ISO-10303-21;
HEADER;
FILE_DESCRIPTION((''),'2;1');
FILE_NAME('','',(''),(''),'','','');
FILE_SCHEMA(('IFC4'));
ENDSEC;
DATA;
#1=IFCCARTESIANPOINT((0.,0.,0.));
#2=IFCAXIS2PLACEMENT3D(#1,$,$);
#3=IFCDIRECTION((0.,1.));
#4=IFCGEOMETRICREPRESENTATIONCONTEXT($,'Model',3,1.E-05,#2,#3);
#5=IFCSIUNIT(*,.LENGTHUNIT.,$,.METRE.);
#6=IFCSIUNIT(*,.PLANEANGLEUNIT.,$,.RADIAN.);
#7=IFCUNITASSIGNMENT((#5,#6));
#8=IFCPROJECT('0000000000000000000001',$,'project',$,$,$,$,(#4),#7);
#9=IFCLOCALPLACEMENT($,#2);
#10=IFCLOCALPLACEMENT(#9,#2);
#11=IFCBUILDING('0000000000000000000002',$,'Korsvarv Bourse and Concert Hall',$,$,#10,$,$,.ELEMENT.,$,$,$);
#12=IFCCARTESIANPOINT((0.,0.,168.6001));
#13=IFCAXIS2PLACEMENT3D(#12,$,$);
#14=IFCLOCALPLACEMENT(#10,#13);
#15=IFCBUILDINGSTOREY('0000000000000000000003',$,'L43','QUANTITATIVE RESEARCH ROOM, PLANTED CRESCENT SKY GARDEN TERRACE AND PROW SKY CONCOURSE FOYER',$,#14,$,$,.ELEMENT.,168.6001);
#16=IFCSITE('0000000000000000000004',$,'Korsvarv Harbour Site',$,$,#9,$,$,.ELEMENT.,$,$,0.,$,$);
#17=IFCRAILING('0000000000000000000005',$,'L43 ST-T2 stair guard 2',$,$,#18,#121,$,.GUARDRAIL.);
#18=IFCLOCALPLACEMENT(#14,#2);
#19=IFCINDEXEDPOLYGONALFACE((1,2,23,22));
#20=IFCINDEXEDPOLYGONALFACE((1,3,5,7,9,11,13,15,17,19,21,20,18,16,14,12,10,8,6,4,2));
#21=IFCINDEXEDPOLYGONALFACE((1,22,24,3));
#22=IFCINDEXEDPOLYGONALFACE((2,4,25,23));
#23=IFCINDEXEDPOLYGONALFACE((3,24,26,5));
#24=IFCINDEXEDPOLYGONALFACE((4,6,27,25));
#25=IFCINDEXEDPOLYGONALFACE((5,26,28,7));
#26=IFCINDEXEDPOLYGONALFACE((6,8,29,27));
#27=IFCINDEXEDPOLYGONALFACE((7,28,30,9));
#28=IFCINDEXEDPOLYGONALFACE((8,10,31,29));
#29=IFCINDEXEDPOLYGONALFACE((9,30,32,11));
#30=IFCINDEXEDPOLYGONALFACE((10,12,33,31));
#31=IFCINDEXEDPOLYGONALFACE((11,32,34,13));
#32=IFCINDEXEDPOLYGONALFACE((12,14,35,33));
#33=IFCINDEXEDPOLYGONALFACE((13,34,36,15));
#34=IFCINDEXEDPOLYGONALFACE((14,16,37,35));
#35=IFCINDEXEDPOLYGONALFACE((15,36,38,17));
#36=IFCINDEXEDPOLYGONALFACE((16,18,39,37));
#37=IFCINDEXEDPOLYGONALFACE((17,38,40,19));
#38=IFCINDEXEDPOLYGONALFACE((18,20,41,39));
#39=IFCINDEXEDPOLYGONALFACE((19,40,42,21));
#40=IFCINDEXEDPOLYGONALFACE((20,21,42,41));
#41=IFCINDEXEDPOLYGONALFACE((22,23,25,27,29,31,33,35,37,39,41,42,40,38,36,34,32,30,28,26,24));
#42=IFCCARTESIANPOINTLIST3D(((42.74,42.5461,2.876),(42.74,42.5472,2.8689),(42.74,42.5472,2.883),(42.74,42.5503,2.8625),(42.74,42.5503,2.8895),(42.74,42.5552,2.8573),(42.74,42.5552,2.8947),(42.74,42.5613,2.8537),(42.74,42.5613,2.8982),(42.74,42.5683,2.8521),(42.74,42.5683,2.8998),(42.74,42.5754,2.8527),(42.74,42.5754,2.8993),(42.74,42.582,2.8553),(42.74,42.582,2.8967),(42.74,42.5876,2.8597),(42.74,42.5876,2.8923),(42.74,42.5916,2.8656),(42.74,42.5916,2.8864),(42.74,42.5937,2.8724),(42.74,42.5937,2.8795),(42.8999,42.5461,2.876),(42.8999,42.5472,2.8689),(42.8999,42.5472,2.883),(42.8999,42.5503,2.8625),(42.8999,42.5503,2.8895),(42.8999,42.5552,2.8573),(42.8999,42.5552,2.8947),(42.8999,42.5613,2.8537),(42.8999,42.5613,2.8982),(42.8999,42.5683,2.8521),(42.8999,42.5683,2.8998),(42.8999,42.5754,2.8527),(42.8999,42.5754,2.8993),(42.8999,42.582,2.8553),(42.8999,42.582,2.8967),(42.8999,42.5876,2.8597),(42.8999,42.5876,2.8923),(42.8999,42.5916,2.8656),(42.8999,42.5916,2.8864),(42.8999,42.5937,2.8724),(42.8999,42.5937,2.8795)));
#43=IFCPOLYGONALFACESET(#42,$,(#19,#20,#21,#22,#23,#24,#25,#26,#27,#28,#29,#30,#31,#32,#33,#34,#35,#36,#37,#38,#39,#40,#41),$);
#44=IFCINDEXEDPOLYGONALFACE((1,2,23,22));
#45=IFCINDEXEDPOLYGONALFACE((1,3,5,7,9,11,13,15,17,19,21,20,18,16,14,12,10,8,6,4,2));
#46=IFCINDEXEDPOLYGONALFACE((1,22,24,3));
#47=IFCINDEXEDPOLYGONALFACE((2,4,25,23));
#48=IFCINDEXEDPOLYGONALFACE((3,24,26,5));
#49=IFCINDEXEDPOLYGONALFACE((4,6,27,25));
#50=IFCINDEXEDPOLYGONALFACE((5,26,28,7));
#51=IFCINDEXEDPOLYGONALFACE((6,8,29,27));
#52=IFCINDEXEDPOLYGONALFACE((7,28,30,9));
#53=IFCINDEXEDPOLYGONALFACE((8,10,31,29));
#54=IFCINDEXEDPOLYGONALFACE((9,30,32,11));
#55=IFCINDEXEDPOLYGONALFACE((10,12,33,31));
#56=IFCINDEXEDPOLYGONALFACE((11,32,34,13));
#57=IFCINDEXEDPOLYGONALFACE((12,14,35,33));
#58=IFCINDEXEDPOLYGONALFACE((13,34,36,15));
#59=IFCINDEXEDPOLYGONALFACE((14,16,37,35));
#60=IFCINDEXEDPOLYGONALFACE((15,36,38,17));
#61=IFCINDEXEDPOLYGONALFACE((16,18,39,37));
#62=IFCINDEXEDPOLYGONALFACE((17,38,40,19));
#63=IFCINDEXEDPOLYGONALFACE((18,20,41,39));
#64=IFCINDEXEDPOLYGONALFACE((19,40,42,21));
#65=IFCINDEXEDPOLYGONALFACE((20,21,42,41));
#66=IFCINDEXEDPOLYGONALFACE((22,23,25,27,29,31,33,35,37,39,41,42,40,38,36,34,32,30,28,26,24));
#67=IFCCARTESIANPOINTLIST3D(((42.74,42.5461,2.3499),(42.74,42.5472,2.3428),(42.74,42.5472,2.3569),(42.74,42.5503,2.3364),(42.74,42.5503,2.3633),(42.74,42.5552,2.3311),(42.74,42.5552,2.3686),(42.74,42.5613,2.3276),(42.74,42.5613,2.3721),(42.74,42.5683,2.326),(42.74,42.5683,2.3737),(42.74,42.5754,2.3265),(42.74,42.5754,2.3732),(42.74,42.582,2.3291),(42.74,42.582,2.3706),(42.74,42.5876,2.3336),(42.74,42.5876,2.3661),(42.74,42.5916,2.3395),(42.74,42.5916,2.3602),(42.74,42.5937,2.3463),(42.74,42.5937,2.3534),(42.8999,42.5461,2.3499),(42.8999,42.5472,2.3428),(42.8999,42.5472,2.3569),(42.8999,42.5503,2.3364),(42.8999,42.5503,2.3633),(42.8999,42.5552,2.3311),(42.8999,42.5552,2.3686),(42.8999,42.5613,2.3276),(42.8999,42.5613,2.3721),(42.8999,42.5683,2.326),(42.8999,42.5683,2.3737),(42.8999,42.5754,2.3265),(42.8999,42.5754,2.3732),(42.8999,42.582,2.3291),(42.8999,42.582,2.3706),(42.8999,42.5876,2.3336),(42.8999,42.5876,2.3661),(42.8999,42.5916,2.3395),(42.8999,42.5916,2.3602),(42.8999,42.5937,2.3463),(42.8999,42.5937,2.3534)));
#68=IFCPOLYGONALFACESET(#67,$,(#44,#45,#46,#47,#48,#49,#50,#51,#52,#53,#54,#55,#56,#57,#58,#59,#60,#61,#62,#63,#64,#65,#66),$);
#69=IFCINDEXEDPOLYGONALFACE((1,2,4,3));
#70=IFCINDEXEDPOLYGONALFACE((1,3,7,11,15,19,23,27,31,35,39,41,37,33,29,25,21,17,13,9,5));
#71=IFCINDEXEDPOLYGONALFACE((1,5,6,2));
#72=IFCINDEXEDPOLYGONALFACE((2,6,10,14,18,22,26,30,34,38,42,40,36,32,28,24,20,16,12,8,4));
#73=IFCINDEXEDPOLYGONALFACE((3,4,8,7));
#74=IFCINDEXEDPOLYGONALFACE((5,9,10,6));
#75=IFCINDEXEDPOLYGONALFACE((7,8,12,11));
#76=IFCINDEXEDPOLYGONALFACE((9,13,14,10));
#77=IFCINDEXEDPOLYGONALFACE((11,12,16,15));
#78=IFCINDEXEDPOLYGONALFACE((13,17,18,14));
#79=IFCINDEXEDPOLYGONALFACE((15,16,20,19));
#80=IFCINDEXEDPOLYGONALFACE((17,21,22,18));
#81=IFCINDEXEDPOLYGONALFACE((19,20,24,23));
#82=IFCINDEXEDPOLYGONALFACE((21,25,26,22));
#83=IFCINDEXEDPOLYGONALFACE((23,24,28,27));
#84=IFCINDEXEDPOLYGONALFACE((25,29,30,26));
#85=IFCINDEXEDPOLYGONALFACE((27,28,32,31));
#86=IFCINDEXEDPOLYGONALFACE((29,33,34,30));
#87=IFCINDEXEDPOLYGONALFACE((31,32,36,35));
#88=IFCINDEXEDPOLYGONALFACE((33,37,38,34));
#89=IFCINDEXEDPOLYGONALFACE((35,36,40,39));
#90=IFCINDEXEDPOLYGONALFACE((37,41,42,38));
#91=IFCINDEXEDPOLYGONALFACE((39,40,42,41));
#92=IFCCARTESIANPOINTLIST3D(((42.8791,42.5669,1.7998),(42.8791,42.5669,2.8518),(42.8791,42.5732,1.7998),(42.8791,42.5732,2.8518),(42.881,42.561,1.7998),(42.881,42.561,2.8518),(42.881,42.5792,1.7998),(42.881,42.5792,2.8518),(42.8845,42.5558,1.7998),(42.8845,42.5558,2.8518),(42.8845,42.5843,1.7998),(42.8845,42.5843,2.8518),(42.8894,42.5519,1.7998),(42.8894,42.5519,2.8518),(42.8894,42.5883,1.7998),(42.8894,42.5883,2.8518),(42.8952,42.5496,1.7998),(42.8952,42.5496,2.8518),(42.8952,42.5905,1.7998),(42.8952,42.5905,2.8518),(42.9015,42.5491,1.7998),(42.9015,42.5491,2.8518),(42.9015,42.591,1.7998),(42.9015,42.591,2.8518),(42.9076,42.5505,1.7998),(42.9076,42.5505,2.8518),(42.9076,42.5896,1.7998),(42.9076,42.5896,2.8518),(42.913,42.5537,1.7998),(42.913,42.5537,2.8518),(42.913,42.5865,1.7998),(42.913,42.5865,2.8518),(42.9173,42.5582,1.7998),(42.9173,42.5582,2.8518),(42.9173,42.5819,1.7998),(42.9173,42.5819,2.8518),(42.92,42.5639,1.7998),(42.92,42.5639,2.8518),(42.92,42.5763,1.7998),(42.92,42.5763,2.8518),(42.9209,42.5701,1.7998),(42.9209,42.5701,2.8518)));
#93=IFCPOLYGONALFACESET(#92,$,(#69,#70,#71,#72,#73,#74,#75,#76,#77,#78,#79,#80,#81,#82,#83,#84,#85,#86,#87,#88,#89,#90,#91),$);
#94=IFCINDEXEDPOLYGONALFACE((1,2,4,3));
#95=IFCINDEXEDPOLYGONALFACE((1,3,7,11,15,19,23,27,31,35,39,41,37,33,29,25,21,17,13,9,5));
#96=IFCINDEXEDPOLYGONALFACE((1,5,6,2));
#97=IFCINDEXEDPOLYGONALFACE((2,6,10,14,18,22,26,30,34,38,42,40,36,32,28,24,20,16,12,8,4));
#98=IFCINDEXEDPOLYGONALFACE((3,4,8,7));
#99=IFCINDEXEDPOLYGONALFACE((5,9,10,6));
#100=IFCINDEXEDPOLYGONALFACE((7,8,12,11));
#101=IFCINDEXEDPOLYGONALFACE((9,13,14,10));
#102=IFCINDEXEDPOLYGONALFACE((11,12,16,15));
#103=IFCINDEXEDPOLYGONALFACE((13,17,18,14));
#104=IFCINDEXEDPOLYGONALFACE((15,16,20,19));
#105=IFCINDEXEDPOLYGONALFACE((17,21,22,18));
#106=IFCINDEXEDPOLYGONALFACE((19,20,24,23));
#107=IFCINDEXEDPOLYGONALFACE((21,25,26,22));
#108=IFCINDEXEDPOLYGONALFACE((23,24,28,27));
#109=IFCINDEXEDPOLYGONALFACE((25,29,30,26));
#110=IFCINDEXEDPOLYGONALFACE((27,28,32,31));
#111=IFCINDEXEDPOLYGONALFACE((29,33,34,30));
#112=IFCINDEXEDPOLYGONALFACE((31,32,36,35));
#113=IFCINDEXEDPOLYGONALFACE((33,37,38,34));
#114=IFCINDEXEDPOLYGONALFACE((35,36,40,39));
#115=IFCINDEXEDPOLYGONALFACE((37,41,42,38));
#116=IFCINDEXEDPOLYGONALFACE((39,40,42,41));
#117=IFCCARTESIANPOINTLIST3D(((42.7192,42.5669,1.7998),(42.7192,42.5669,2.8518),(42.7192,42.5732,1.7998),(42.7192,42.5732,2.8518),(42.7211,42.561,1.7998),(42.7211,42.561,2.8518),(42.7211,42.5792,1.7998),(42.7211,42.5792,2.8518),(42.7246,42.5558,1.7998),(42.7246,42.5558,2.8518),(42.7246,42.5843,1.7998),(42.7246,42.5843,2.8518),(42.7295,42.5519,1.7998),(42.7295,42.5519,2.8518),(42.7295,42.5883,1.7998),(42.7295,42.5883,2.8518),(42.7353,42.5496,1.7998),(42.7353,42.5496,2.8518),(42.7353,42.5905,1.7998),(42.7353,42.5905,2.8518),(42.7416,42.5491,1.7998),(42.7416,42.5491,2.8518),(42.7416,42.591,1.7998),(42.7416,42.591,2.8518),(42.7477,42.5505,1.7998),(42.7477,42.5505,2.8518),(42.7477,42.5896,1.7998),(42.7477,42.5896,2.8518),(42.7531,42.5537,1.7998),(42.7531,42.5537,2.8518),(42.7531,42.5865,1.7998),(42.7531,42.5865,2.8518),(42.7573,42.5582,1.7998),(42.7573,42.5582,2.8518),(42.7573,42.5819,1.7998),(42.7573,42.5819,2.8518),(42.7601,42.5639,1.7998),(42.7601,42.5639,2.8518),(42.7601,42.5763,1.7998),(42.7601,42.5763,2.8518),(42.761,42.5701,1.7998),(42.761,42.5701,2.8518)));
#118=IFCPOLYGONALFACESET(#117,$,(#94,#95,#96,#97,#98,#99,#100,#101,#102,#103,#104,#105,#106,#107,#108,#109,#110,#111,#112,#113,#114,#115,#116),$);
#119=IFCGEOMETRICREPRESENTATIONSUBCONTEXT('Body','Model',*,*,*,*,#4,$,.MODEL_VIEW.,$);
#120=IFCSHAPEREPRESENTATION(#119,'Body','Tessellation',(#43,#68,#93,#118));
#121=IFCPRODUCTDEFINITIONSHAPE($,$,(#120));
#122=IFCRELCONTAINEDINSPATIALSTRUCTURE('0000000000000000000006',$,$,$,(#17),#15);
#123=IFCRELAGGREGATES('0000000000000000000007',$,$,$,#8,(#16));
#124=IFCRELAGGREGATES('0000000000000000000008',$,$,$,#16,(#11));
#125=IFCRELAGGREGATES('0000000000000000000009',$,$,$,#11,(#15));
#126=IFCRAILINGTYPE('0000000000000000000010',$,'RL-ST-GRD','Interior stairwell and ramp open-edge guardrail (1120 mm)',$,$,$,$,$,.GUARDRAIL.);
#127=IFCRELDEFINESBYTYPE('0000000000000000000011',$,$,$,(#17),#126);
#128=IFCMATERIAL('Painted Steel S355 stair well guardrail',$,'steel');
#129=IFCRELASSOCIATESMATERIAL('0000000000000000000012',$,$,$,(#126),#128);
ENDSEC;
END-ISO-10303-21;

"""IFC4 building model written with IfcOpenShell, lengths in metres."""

from ifc_helpers import new_model, si_unit, direction, frame, origin, origin_2d, place, context, subcontext, project, spatial, circle, extrude, material, type_object, element, save


model = new_model("IFC4")

# Units and contexts
model_context = context("Model", 3, precision=1e-05, world=origin(), true_north=direction((0.0, 1.0)))
body_context = subcontext(model_context, "Body", "Model", "MODEL_VIEW")
ifc_project = project(units=[si_unit("LENGTHUNIT", "METRE"), si_unit("PLANEANGLEUNIT", "RADIAN")], contexts=[model_context])

# Site, building, storey
site_placement = place(None, origin())
site = spatial("IfcSite", under=ifc_project, at=site_placement, Name="Korsvarv Harbour Site", CompositionType="ELEMENT", RefElevation=0.0)
building_placement = place(site_placement, origin())
building = spatial("IfcBuilding", under=site, at=building_placement, Name="Korsvarv Bourse and Concert Hall", CompositionType="ELEMENT")
storey_placement = place(building_placement, frame((0.0, 0.0, 168.6001)))
storey = spatial("IfcBuildingStorey", under=building, at=storey_placement, Name="L43", Description="QUANTITATIVE RESEARCH ROOM, PLANTED CRESCENT SKY GARDEN TERRACE AND PROW SKY CONCOURSE FOYER", CompositionType="ELEMENT", Elevation=168.6001)

# Railing
ifc_material_1 = material(Name="Painted Steel S355 stair well guardrail", Category="steel")
railing_type_1 = type_object("IfcRailingType", Name="RL-ST-GRD", Description="Interior stairwell and ramp open-edge guardrail (1120 mm)", PredefinedType="GUARDRAIL", material=ifc_material_1)
railing_1_placement = place(storey_placement, frame((42.8999, 42.5701, 1.7998)))
element("IfcRailing", 1, at=railing_1_placement, inside=storey, type_object=railing_type_1, Name="L43 ST-T2 stair guard 2", PredefinedType="GUARDRAIL", context=body_context, shape_type="SweptSolid", body=[
    extrude(circle(Radius=0.0239, at=origin_2d()), frame((0.0, 0.0, 1.0762), z_axis=(-1.0, 0.0, 0.0), x_axis=(0.0, -1.0, 0.0)), (0.0, 0.0, 1.0), 0.1599),
    extrude(circle(Radius=0.0239, at=origin_2d()), frame((0.0, 0.0, 0.55), z_axis=(-1.0, 0.0, 0.0), x_axis=(0.0, -1.0, 0.0)), (0.0, 0.0, 1.0), 0.1599),
    extrude(circle(Radius=0.021, at=origin_2d()), origin(), (0.0, 0.0, 1.0), 1.052),
    extrude(circle(Radius=0.021, at=origin_2d()), frame((-0.1599, 0.0, 0.0)), (0.0, 0.0, 1.0), 1.052),
])

save(model, "model.ifc")
